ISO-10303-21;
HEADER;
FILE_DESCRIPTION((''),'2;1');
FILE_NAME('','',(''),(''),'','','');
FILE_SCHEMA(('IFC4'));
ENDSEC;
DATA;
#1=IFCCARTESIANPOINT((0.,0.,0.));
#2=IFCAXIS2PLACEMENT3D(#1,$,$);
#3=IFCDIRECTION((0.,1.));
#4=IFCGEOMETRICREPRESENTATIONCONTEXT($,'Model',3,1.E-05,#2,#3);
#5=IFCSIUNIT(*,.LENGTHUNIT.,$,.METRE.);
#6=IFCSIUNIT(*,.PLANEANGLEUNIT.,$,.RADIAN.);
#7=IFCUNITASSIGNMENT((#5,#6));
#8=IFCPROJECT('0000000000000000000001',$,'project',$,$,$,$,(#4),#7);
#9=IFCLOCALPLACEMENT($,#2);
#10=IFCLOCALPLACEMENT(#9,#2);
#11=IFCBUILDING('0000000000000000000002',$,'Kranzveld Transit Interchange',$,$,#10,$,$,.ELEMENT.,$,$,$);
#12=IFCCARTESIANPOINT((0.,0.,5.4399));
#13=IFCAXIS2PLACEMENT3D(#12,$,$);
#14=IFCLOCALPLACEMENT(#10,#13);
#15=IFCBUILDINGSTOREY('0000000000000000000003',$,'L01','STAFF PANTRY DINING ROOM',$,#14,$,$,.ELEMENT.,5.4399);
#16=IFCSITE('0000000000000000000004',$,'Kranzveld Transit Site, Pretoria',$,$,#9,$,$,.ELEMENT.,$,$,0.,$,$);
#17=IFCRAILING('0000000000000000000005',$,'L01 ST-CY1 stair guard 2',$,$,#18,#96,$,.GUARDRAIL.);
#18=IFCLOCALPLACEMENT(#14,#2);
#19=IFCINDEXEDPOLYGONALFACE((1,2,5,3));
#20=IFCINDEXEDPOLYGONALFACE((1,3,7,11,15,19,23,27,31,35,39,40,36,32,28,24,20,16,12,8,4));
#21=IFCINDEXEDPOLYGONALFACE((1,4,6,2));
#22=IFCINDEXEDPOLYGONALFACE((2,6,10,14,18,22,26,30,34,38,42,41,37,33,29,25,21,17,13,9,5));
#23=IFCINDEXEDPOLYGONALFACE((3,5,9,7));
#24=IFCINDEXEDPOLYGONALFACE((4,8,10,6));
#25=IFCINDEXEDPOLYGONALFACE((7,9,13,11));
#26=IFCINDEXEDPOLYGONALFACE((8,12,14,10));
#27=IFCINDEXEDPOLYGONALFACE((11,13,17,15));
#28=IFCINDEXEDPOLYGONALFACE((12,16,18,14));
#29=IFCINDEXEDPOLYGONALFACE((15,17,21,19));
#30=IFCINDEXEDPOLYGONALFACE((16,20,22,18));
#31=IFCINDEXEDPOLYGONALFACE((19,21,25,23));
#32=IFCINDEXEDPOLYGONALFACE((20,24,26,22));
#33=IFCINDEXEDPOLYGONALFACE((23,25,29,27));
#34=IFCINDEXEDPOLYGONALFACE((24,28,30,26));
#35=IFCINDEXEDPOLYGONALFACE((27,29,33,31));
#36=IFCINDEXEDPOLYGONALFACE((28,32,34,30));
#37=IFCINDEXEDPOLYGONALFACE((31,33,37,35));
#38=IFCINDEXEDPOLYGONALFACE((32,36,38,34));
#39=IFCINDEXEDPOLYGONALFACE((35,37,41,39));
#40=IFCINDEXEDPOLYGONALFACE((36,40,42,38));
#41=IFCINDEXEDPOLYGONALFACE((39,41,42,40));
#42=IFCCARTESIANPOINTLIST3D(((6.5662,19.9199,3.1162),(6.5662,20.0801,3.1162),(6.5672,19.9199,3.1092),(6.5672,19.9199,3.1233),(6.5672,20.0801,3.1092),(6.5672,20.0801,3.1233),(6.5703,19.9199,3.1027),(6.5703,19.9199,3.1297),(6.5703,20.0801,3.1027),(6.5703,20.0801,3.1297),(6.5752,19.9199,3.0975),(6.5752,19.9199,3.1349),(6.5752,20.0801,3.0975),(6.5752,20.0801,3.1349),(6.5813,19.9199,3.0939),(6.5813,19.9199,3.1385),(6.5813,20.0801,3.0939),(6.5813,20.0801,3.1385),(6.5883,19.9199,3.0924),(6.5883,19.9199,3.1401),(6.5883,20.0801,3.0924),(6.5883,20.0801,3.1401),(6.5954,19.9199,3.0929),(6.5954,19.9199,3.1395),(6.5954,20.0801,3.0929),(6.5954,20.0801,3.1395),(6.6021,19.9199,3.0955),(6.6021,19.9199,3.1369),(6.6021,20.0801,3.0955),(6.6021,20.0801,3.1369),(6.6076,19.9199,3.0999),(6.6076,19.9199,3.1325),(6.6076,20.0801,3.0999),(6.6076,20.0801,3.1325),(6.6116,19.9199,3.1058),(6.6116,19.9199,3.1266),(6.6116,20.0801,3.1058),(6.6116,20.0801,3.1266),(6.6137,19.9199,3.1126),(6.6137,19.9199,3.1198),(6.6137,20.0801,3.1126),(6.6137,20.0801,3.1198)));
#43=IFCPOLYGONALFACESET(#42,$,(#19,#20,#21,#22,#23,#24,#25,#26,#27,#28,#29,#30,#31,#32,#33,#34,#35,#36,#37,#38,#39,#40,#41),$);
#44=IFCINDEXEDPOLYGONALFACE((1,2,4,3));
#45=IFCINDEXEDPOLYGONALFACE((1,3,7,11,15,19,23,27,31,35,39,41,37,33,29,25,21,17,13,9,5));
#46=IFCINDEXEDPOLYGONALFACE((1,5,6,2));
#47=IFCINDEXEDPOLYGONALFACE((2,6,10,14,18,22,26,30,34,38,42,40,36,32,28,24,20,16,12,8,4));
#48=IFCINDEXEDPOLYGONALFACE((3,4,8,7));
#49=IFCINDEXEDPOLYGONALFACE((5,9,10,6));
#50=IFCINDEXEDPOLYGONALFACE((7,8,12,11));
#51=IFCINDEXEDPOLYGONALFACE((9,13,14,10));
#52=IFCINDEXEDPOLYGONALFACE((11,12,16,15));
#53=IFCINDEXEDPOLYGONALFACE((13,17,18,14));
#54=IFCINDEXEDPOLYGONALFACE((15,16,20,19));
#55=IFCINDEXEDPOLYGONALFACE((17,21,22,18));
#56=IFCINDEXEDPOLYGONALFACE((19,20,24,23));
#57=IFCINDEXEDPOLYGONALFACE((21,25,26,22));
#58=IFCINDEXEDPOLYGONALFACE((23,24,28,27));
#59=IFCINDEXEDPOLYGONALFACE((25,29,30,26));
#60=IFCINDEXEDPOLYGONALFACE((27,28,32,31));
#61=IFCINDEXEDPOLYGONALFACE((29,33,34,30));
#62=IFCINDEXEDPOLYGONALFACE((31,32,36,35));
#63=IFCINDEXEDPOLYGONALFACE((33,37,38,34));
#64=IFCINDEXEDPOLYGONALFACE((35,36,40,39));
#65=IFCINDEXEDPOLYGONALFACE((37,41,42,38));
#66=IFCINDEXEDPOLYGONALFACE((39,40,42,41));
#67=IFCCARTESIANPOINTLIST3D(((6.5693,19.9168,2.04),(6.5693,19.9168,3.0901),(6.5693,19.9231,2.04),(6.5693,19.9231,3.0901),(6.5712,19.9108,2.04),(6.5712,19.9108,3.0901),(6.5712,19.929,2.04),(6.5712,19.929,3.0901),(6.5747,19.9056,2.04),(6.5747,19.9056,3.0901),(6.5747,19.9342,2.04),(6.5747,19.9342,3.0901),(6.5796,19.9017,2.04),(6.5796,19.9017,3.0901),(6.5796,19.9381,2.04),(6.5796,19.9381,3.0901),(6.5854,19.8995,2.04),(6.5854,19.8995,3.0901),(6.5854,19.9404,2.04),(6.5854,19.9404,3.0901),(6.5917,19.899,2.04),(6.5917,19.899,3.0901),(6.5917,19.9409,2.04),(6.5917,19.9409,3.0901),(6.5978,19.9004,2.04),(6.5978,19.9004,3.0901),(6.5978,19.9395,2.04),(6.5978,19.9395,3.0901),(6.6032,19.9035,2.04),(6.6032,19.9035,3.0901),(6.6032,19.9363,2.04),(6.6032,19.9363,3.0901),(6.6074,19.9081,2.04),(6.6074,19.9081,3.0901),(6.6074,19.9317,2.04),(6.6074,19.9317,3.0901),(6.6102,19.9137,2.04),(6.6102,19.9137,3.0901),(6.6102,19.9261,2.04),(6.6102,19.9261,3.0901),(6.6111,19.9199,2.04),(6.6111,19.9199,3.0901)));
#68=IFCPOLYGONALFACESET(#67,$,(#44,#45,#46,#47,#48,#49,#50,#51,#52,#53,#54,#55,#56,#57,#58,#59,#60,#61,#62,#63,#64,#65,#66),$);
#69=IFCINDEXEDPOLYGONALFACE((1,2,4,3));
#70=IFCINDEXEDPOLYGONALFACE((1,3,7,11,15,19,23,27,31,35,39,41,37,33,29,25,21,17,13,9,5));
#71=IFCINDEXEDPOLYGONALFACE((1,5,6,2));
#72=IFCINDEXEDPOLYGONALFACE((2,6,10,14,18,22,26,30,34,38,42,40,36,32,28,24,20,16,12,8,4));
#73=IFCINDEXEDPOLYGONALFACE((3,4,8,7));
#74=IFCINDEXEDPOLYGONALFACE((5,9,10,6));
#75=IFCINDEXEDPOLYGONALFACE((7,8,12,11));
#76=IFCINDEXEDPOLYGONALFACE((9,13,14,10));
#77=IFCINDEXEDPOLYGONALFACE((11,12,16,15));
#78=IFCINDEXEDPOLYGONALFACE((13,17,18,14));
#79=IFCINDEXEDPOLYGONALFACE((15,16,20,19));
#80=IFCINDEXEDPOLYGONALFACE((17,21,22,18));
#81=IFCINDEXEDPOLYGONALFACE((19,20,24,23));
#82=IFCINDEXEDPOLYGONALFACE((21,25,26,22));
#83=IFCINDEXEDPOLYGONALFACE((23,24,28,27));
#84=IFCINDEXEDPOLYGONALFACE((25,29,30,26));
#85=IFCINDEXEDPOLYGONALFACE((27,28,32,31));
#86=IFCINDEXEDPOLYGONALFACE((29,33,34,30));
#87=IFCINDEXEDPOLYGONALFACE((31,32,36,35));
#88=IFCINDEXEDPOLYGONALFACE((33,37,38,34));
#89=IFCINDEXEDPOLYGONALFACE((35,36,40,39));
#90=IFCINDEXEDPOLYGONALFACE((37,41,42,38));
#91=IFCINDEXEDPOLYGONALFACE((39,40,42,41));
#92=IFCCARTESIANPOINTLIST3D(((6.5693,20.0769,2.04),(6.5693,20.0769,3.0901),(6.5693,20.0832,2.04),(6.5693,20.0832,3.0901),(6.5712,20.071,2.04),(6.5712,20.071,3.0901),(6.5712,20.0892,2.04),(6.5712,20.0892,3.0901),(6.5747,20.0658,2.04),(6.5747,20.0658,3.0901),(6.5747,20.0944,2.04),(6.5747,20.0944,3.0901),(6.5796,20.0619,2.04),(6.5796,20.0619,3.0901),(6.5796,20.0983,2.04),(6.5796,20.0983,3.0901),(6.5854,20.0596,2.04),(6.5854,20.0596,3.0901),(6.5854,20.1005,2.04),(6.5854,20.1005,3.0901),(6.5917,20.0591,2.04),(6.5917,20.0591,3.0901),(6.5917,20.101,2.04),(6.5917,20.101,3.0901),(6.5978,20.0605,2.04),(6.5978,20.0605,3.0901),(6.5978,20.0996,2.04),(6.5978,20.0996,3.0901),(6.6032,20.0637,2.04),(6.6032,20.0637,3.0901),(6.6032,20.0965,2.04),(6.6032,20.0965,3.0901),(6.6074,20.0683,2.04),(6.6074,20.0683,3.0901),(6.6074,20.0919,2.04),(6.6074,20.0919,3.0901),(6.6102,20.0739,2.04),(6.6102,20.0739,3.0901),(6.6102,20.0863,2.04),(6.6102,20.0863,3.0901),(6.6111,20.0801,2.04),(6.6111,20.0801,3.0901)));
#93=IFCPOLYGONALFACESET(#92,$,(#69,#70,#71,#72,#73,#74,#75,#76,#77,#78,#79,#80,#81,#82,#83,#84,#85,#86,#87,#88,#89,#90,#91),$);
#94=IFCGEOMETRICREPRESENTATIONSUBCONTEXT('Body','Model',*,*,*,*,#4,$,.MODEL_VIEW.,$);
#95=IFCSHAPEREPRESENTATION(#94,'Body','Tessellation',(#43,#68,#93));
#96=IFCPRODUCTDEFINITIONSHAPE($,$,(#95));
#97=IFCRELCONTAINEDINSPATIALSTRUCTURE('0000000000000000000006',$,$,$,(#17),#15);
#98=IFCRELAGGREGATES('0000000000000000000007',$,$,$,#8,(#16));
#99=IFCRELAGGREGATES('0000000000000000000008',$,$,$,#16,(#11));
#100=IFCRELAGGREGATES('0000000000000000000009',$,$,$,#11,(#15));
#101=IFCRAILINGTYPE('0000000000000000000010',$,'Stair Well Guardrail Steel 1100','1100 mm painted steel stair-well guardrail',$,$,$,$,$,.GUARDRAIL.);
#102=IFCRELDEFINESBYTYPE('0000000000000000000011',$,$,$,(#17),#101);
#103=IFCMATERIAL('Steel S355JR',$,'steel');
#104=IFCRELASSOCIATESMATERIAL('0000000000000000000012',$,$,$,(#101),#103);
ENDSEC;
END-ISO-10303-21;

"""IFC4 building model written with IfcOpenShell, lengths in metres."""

from ifc_helpers import new_model, si_unit, direction, frame, origin, origin_2d, place, context, subcontext, project, spatial, circle, extrude, material, type_object, element, save


model = new_model("IFC4")

# Units and contexts
model_context = context("Model", 3, precision=1e-05, world=origin(), true_north=direction((0.0, 1.0)))
body_context = subcontext(model_context, "Body", "Model", "MODEL_VIEW")
ifc_project = project(units=[si_unit("LENGTHUNIT", "METRE"), si_unit("PLANEANGLEUNIT", "RADIAN")], contexts=[model_context])

# Site, building, storey
site_placement = place(None, origin())
site = spatial("IfcSite", under=ifc_project, at=site_placement, Name="Kranzveld Transit Site, Pretoria", CompositionType="ELEMENT", RefElevation=0.0)
building_placement = place(site_placement, origin())
building = spatial("IfcBuilding", under=site, at=building_placement, Name="Kranzveld Transit Interchange", CompositionType="ELEMENT")
storey_placement = place(building_placement, frame((0.0, 0.0, 5.4399)))
storey = spatial("IfcBuildingStorey", under=building, at=storey_placement, Name="L01", Description="STAFF PANTRY DINING ROOM", CompositionType="ELEMENT", Elevation=5.4399)

# Railing
ifc_material_1 = material(Name="Steel S355JR", Category="steel")
railing_type_1 = type_object("IfcRailingType", Name="Stair Well Guardrail Steel 1100", Description="1100 mm painted steel stair-well guardrail", PredefinedType="GUARDRAIL", material=ifc_material_1)
railing_1_placement = place(storey_placement, frame((6.5901, 19.9199, 2.04)))
element("IfcRailing", 1, at=railing_1_placement, inside=storey, type_object=railing_type_1, Name="L01 ST-CY1 stair guard 2", PredefinedType="GUARDRAIL", context=body_context, shape_type="SweptSolid", body=[
    extrude(circle(Radius=0.0239, at=origin_2d()), frame((0.0, 0.0, 1.0762), z_axis=(0.0, 1.0, 0.0), x_axis=(-1.0, 0.0, 0.0)), (0.0, 0.0, 1.0), 0.1602),
    extrude(circle(Radius=0.021, at=origin_2d()), origin(), (0.0, 0.0, 1.0), 1.05),
    extrude(circle(Radius=0.021, at=origin_2d()), frame((0.0, 0.1602, 0.0)), (0.0, 0.0, 1.0), 1.05),
])

save(model, "model.ifc")
